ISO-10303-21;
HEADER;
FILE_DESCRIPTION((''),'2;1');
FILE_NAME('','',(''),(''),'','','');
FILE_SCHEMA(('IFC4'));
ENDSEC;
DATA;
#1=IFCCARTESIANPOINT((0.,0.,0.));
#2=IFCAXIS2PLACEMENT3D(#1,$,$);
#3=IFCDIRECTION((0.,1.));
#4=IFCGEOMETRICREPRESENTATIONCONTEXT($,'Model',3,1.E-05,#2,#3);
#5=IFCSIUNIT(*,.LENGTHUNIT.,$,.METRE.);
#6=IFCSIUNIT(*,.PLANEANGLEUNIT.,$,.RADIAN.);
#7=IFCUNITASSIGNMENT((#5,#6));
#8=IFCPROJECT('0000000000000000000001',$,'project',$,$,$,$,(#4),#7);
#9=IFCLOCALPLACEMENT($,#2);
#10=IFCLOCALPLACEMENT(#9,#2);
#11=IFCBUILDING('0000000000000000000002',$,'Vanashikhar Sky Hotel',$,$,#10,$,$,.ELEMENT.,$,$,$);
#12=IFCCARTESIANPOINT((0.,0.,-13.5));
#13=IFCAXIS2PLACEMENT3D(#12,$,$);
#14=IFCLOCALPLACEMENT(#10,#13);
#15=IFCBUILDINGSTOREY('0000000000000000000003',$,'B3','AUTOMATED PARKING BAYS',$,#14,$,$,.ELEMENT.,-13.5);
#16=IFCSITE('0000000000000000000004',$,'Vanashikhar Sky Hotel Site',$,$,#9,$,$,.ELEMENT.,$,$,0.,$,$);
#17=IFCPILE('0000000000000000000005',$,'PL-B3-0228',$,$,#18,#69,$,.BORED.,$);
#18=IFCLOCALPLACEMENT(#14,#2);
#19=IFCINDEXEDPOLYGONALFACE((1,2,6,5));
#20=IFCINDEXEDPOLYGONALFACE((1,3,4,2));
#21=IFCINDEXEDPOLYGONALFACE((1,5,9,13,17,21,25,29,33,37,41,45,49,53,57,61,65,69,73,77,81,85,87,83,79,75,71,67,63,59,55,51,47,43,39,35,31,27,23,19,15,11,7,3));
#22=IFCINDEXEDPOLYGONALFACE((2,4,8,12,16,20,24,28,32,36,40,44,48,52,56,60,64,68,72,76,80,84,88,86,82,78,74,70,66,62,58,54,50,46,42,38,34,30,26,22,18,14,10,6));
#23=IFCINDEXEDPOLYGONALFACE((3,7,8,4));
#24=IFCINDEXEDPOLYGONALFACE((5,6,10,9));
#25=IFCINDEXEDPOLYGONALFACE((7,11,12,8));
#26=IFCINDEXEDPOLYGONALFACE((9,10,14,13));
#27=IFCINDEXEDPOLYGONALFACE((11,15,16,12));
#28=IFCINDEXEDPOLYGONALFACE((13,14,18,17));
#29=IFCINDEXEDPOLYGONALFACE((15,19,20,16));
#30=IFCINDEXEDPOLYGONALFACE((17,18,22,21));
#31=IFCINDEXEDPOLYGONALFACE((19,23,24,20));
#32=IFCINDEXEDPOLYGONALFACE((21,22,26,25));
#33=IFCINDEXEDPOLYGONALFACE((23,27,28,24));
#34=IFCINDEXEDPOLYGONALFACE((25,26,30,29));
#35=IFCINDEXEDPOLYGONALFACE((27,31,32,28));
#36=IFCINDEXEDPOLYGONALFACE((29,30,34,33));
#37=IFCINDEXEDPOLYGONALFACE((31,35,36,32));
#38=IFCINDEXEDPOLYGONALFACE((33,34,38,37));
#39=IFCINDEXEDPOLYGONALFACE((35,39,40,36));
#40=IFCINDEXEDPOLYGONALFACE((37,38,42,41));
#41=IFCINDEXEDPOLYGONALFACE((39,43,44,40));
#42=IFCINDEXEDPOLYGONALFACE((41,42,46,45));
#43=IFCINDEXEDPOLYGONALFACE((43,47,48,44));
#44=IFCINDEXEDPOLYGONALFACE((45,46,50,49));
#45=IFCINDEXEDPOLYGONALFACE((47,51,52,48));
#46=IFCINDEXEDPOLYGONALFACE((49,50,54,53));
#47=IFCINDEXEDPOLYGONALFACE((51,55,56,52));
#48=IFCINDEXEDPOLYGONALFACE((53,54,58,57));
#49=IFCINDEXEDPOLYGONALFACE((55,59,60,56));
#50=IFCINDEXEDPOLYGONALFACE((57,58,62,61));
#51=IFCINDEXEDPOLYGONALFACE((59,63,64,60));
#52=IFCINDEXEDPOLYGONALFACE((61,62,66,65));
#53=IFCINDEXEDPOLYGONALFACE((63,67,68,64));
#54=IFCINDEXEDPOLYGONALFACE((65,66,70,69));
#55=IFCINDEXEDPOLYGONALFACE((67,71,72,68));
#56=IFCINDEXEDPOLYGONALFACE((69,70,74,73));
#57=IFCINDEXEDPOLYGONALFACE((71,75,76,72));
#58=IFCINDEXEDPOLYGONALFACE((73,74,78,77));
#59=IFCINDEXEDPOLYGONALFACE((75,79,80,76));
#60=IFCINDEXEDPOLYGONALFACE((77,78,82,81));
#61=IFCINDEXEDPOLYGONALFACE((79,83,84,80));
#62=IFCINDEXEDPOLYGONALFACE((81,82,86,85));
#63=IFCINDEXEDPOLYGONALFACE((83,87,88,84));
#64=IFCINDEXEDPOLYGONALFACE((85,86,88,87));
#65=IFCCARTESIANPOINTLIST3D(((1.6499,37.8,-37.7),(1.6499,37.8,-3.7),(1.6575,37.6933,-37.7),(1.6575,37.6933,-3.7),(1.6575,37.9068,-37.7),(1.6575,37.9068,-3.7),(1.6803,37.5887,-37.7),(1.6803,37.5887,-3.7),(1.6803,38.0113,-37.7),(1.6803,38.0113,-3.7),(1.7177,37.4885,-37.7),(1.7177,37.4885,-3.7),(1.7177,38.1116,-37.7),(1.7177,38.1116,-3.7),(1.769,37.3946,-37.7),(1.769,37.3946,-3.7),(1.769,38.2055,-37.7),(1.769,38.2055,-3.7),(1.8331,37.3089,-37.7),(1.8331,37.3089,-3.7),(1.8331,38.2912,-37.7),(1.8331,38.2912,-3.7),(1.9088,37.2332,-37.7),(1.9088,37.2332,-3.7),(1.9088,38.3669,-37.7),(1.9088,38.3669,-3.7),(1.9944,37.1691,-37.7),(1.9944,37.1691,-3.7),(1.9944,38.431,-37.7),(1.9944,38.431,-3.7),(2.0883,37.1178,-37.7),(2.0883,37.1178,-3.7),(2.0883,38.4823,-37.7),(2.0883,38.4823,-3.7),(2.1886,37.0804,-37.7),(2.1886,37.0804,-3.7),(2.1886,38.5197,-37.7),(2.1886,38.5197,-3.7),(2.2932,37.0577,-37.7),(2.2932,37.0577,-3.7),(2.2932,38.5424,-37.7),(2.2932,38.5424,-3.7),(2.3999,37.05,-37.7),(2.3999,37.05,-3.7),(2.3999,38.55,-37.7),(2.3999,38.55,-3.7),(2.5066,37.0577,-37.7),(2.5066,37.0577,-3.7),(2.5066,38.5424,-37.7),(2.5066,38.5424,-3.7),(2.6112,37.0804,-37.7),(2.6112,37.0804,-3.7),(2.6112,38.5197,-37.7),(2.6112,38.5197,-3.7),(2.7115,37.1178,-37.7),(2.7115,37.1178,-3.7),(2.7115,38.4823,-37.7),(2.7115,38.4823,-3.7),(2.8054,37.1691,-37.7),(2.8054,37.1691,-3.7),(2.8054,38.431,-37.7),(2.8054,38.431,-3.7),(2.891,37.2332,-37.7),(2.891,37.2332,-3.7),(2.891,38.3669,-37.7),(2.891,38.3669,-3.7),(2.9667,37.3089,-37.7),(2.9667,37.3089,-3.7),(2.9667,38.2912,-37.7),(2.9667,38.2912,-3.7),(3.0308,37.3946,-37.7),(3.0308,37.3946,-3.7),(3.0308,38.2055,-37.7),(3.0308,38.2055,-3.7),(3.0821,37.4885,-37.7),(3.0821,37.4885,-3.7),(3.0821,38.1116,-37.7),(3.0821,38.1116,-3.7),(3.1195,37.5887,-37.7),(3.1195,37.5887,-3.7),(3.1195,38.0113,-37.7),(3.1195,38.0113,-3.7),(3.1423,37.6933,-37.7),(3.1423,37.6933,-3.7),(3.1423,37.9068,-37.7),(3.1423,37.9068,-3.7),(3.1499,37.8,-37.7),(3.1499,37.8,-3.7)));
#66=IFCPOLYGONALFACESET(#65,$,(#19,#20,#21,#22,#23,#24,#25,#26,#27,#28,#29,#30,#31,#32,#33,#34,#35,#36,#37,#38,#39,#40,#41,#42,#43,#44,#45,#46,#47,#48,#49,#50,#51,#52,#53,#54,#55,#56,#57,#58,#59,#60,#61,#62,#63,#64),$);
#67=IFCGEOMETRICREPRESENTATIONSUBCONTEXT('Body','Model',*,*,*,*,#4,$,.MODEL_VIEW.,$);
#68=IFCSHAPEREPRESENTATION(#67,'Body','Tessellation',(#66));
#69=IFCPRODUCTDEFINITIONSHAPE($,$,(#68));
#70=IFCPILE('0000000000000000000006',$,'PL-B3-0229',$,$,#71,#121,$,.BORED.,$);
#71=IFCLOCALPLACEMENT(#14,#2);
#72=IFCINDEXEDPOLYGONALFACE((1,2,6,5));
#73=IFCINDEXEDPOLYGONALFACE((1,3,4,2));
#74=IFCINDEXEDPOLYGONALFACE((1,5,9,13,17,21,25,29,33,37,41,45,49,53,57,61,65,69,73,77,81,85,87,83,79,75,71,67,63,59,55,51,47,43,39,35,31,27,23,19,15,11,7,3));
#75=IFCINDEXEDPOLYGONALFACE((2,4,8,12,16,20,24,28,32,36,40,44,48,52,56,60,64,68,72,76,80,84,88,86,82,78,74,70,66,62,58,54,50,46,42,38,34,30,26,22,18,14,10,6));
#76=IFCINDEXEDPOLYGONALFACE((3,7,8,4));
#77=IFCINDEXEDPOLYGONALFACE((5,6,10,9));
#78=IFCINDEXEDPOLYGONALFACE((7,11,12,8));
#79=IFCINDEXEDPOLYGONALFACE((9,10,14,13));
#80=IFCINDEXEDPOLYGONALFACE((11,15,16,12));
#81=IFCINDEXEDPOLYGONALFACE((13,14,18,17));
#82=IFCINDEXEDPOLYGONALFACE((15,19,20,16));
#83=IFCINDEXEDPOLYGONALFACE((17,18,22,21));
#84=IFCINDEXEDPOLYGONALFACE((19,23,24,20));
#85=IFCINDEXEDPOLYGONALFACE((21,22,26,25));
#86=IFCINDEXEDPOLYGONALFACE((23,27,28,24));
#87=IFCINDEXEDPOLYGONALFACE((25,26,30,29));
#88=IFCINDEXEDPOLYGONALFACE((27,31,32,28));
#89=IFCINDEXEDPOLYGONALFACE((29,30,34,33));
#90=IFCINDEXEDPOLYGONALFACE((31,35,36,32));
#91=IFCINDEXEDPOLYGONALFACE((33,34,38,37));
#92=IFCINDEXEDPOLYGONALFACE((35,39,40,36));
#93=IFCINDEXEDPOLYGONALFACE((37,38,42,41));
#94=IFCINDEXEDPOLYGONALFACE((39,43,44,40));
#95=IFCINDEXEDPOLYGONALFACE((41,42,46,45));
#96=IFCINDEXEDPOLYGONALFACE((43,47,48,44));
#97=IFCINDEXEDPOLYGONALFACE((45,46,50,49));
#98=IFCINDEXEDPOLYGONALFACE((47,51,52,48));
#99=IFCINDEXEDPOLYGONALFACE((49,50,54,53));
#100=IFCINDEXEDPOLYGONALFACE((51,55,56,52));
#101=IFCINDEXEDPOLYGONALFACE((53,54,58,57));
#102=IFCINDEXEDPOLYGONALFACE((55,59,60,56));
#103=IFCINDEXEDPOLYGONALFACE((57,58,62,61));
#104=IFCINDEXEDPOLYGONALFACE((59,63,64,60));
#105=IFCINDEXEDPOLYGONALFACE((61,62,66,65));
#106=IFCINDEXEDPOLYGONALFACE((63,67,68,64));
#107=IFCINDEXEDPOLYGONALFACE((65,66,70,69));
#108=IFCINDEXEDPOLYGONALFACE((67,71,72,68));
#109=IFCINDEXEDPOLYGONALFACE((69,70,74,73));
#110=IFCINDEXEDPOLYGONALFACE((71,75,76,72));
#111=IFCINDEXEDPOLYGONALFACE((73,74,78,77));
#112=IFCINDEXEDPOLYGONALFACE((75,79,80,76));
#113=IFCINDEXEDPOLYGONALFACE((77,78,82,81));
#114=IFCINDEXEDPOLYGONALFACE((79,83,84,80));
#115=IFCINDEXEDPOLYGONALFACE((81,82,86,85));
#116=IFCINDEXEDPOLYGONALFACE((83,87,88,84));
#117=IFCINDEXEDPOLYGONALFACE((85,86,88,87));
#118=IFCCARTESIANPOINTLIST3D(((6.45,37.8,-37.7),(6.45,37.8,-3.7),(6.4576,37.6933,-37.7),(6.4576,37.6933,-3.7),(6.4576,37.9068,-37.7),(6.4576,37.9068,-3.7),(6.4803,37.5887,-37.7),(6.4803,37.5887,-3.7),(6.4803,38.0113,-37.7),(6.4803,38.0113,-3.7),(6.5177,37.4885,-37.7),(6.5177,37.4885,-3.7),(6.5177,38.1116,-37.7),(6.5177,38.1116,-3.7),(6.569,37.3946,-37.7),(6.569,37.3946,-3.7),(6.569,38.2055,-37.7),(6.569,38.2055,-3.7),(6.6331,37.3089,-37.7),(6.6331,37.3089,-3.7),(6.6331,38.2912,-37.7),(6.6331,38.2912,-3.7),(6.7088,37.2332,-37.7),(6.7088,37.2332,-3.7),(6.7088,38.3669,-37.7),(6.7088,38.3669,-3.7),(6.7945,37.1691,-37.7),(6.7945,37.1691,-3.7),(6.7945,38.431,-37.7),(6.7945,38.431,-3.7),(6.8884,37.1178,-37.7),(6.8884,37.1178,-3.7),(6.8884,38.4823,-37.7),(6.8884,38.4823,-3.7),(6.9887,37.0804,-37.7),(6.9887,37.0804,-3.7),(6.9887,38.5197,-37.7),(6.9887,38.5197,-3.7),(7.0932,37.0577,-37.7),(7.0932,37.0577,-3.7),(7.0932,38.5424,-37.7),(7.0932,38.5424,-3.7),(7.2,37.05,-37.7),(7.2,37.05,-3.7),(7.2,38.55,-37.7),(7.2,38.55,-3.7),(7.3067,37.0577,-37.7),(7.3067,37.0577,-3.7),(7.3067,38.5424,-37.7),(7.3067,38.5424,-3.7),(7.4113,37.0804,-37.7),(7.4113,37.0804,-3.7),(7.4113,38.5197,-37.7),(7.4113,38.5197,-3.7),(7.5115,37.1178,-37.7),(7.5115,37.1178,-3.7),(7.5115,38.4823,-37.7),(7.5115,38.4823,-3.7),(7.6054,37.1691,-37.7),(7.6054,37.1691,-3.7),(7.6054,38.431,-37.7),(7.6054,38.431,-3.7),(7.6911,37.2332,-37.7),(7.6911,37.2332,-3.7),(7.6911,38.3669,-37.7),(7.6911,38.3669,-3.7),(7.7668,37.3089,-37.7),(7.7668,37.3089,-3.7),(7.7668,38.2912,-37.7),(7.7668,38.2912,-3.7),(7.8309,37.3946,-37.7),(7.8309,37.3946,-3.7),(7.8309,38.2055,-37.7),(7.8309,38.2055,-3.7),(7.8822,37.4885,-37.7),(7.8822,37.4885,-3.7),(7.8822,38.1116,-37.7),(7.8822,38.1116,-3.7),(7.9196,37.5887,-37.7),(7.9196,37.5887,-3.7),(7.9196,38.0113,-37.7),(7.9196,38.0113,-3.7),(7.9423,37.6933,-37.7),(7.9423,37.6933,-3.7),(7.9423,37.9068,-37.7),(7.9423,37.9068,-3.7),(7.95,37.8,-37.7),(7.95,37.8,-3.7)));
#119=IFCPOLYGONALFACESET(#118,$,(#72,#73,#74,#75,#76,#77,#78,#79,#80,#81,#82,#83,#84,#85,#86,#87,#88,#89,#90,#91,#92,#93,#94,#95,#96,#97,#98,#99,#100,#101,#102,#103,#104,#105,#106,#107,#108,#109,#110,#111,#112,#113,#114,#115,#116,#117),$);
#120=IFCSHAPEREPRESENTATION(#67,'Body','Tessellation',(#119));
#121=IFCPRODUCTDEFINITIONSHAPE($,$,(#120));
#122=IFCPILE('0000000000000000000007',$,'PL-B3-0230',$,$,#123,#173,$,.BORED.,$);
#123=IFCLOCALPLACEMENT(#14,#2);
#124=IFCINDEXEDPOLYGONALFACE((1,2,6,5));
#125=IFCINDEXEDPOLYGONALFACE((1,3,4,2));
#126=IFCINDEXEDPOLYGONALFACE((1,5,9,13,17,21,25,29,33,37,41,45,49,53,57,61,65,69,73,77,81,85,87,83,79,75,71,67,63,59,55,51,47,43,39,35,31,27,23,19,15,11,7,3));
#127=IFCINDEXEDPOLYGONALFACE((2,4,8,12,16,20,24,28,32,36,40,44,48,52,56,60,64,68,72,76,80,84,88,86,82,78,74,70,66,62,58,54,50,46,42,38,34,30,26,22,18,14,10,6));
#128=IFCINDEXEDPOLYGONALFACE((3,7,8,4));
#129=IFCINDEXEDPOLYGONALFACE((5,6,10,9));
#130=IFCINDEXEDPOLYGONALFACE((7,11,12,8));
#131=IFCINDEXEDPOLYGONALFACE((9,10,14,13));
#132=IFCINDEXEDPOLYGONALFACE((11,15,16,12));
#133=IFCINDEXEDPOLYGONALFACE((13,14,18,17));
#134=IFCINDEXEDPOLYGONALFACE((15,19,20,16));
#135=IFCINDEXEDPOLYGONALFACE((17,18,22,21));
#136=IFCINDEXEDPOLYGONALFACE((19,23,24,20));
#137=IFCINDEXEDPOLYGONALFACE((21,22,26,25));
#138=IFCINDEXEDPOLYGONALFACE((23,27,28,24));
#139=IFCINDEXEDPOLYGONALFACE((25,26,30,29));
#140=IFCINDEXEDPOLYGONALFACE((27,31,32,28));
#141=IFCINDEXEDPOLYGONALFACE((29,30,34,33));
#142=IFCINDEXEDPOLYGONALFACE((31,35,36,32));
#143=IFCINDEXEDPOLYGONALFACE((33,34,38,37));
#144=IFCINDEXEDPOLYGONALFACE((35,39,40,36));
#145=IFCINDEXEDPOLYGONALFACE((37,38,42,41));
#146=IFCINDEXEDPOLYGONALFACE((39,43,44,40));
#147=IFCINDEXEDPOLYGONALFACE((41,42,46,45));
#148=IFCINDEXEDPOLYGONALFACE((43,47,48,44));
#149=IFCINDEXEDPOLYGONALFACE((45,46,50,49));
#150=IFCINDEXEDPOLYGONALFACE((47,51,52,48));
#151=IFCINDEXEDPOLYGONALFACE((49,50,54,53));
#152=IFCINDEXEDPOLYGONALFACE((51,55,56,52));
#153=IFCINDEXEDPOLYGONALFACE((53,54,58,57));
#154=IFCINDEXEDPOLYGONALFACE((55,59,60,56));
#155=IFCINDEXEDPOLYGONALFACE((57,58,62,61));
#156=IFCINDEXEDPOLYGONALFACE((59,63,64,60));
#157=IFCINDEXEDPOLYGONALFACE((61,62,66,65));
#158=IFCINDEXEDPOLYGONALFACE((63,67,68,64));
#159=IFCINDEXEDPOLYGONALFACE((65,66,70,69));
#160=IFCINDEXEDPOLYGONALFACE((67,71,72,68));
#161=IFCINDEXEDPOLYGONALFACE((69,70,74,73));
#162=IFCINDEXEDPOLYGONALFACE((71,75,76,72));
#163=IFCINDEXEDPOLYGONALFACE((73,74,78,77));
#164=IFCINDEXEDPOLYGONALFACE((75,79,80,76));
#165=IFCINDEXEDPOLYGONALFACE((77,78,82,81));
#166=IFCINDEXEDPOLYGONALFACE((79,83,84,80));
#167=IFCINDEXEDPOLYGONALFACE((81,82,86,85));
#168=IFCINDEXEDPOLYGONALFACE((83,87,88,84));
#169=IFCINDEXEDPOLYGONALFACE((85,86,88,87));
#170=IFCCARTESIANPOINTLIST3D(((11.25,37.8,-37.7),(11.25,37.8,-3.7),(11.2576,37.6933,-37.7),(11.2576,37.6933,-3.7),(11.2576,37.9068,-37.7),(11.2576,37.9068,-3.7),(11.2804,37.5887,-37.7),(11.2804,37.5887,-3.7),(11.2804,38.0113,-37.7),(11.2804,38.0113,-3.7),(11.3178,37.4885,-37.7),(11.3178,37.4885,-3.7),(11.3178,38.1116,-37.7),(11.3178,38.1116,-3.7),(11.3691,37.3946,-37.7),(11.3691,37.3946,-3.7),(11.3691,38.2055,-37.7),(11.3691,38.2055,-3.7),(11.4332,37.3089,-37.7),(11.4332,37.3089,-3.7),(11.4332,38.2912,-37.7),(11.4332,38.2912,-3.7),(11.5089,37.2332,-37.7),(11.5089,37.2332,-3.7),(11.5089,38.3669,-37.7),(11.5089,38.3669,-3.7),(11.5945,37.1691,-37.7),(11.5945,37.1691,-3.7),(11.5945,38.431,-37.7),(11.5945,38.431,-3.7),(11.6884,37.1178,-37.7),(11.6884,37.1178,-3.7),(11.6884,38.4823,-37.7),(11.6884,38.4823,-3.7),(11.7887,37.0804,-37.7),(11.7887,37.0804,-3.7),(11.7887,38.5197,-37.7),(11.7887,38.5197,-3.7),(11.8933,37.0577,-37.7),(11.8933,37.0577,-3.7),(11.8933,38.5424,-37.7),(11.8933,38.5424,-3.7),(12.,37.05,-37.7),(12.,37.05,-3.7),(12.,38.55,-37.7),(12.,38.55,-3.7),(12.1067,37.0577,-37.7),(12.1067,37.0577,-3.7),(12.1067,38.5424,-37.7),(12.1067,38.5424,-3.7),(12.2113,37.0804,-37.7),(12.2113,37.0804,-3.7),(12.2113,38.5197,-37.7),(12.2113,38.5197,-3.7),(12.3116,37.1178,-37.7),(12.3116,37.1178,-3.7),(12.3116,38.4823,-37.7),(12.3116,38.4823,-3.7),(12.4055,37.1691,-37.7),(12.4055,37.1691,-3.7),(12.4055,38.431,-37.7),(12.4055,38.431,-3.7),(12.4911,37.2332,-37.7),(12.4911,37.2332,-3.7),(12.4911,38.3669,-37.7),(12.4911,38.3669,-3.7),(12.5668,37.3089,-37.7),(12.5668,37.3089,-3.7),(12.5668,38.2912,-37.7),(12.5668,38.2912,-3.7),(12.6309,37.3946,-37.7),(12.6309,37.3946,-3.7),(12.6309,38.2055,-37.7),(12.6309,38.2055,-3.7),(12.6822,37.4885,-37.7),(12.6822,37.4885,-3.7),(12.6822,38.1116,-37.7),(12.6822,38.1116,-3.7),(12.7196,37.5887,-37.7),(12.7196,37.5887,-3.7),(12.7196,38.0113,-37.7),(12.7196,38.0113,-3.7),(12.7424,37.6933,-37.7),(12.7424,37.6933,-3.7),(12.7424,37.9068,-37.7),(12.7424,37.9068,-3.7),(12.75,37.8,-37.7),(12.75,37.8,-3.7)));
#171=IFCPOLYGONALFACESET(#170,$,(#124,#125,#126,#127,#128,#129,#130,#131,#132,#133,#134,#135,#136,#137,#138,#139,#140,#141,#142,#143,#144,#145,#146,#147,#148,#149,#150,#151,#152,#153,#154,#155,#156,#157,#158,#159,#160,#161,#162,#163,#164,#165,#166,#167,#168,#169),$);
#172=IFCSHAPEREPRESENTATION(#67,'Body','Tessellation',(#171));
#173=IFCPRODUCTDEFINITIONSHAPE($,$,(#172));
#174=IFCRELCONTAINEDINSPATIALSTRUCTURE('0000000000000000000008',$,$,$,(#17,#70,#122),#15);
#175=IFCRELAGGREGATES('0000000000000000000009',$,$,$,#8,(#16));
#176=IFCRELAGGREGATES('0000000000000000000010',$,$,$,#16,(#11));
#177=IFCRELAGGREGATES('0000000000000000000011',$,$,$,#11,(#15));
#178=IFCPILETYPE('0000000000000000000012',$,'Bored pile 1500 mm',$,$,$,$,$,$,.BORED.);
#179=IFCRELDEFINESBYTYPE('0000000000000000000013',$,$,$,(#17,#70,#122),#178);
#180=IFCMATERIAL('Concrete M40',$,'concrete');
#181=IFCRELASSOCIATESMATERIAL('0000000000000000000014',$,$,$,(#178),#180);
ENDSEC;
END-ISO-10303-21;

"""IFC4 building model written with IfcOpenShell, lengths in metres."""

from ifc_helpers import new_model, si_unit, direction, frame, origin, origin_2d, place, context, subcontext, project, spatial, circle, extrude, source, transform, mapped, material, type_object, element, save


model = new_model("IFC4")

# Units and contexts
model_context = context("Model", 3, precision=1e-05, world=origin(), true_north=direction((0.0, 1.0)))
body_context = subcontext(model_context, "Body", "Model", "MODEL_VIEW")
ifc_project = project(units=[si_unit("LENGTHUNIT", "METRE"), si_unit("PLANEANGLEUNIT", "RADIAN")], contexts=[model_context])

# Site, building, storey
site_placement = place(None, origin())
site = spatial("IfcSite", under=ifc_project, at=site_placement, Name="Vanashikhar Sky Hotel Site", CompositionType="ELEMENT", RefElevation=0.0)
building_placement = place(site_placement, origin())
building = spatial("IfcBuilding", under=site, at=building_placement, Name="Vanashikhar Sky Hotel", CompositionType="ELEMENT")
storey_placement = place(building_placement, frame((0.0, 0.0, -13.5)))
storey = spatial("IfcBuildingStorey", under=building, at=storey_placement, Name="B3", Description="AUTOMATED PARKING BAYS", CompositionType="ELEMENT", Elevation=-13.5)

# Piles
ifc_material_1 = material(Name="Concrete M40", Category="concrete")
pile_type_1 = type_object("IfcPileType", Name="Bored pile 1500 mm", PredefinedType="BORED", material=ifc_material_1)
shared_shape_1 = source(origin(), body_context, "Body", "SweptSolid", [
    extrude(circle(Radius=0.75, at=origin_2d()), origin(), (0.0, 0.0, 1.0), 34.0),
])
for number, where, z_axis, x_axis, name in (
    (1, (2.3999, 37.8, -3.7), (0.0, 0.0, -1.0), (1.0, 0.0, 0.0), "PL-B3-0228"),
    (2, (7.2, 37.8, -3.7), (0.0, 0.0, -1.0), (1.0, 0.0, 0.0), "PL-B3-0229"),
    (3, (12.0, 37.8, -3.7), (0.0, 0.0, -1.0), (1.0, 0.0, 0.0), "PL-B3-0230"),
):
    element("IfcPile", number, at=place(storey_placement, frame(where, z_axis=z_axis, x_axis=x_axis)), inside=storey, type_object=pile_type_1, Name=name, PredefinedType="BORED", context=body_context, shape_type="MappedRepresentation", body=[
        mapped(shared_shape_1, transform((0.0, 0.0, 0.0), scale=1.0)),
    ])

save(model, "model.ifc")
